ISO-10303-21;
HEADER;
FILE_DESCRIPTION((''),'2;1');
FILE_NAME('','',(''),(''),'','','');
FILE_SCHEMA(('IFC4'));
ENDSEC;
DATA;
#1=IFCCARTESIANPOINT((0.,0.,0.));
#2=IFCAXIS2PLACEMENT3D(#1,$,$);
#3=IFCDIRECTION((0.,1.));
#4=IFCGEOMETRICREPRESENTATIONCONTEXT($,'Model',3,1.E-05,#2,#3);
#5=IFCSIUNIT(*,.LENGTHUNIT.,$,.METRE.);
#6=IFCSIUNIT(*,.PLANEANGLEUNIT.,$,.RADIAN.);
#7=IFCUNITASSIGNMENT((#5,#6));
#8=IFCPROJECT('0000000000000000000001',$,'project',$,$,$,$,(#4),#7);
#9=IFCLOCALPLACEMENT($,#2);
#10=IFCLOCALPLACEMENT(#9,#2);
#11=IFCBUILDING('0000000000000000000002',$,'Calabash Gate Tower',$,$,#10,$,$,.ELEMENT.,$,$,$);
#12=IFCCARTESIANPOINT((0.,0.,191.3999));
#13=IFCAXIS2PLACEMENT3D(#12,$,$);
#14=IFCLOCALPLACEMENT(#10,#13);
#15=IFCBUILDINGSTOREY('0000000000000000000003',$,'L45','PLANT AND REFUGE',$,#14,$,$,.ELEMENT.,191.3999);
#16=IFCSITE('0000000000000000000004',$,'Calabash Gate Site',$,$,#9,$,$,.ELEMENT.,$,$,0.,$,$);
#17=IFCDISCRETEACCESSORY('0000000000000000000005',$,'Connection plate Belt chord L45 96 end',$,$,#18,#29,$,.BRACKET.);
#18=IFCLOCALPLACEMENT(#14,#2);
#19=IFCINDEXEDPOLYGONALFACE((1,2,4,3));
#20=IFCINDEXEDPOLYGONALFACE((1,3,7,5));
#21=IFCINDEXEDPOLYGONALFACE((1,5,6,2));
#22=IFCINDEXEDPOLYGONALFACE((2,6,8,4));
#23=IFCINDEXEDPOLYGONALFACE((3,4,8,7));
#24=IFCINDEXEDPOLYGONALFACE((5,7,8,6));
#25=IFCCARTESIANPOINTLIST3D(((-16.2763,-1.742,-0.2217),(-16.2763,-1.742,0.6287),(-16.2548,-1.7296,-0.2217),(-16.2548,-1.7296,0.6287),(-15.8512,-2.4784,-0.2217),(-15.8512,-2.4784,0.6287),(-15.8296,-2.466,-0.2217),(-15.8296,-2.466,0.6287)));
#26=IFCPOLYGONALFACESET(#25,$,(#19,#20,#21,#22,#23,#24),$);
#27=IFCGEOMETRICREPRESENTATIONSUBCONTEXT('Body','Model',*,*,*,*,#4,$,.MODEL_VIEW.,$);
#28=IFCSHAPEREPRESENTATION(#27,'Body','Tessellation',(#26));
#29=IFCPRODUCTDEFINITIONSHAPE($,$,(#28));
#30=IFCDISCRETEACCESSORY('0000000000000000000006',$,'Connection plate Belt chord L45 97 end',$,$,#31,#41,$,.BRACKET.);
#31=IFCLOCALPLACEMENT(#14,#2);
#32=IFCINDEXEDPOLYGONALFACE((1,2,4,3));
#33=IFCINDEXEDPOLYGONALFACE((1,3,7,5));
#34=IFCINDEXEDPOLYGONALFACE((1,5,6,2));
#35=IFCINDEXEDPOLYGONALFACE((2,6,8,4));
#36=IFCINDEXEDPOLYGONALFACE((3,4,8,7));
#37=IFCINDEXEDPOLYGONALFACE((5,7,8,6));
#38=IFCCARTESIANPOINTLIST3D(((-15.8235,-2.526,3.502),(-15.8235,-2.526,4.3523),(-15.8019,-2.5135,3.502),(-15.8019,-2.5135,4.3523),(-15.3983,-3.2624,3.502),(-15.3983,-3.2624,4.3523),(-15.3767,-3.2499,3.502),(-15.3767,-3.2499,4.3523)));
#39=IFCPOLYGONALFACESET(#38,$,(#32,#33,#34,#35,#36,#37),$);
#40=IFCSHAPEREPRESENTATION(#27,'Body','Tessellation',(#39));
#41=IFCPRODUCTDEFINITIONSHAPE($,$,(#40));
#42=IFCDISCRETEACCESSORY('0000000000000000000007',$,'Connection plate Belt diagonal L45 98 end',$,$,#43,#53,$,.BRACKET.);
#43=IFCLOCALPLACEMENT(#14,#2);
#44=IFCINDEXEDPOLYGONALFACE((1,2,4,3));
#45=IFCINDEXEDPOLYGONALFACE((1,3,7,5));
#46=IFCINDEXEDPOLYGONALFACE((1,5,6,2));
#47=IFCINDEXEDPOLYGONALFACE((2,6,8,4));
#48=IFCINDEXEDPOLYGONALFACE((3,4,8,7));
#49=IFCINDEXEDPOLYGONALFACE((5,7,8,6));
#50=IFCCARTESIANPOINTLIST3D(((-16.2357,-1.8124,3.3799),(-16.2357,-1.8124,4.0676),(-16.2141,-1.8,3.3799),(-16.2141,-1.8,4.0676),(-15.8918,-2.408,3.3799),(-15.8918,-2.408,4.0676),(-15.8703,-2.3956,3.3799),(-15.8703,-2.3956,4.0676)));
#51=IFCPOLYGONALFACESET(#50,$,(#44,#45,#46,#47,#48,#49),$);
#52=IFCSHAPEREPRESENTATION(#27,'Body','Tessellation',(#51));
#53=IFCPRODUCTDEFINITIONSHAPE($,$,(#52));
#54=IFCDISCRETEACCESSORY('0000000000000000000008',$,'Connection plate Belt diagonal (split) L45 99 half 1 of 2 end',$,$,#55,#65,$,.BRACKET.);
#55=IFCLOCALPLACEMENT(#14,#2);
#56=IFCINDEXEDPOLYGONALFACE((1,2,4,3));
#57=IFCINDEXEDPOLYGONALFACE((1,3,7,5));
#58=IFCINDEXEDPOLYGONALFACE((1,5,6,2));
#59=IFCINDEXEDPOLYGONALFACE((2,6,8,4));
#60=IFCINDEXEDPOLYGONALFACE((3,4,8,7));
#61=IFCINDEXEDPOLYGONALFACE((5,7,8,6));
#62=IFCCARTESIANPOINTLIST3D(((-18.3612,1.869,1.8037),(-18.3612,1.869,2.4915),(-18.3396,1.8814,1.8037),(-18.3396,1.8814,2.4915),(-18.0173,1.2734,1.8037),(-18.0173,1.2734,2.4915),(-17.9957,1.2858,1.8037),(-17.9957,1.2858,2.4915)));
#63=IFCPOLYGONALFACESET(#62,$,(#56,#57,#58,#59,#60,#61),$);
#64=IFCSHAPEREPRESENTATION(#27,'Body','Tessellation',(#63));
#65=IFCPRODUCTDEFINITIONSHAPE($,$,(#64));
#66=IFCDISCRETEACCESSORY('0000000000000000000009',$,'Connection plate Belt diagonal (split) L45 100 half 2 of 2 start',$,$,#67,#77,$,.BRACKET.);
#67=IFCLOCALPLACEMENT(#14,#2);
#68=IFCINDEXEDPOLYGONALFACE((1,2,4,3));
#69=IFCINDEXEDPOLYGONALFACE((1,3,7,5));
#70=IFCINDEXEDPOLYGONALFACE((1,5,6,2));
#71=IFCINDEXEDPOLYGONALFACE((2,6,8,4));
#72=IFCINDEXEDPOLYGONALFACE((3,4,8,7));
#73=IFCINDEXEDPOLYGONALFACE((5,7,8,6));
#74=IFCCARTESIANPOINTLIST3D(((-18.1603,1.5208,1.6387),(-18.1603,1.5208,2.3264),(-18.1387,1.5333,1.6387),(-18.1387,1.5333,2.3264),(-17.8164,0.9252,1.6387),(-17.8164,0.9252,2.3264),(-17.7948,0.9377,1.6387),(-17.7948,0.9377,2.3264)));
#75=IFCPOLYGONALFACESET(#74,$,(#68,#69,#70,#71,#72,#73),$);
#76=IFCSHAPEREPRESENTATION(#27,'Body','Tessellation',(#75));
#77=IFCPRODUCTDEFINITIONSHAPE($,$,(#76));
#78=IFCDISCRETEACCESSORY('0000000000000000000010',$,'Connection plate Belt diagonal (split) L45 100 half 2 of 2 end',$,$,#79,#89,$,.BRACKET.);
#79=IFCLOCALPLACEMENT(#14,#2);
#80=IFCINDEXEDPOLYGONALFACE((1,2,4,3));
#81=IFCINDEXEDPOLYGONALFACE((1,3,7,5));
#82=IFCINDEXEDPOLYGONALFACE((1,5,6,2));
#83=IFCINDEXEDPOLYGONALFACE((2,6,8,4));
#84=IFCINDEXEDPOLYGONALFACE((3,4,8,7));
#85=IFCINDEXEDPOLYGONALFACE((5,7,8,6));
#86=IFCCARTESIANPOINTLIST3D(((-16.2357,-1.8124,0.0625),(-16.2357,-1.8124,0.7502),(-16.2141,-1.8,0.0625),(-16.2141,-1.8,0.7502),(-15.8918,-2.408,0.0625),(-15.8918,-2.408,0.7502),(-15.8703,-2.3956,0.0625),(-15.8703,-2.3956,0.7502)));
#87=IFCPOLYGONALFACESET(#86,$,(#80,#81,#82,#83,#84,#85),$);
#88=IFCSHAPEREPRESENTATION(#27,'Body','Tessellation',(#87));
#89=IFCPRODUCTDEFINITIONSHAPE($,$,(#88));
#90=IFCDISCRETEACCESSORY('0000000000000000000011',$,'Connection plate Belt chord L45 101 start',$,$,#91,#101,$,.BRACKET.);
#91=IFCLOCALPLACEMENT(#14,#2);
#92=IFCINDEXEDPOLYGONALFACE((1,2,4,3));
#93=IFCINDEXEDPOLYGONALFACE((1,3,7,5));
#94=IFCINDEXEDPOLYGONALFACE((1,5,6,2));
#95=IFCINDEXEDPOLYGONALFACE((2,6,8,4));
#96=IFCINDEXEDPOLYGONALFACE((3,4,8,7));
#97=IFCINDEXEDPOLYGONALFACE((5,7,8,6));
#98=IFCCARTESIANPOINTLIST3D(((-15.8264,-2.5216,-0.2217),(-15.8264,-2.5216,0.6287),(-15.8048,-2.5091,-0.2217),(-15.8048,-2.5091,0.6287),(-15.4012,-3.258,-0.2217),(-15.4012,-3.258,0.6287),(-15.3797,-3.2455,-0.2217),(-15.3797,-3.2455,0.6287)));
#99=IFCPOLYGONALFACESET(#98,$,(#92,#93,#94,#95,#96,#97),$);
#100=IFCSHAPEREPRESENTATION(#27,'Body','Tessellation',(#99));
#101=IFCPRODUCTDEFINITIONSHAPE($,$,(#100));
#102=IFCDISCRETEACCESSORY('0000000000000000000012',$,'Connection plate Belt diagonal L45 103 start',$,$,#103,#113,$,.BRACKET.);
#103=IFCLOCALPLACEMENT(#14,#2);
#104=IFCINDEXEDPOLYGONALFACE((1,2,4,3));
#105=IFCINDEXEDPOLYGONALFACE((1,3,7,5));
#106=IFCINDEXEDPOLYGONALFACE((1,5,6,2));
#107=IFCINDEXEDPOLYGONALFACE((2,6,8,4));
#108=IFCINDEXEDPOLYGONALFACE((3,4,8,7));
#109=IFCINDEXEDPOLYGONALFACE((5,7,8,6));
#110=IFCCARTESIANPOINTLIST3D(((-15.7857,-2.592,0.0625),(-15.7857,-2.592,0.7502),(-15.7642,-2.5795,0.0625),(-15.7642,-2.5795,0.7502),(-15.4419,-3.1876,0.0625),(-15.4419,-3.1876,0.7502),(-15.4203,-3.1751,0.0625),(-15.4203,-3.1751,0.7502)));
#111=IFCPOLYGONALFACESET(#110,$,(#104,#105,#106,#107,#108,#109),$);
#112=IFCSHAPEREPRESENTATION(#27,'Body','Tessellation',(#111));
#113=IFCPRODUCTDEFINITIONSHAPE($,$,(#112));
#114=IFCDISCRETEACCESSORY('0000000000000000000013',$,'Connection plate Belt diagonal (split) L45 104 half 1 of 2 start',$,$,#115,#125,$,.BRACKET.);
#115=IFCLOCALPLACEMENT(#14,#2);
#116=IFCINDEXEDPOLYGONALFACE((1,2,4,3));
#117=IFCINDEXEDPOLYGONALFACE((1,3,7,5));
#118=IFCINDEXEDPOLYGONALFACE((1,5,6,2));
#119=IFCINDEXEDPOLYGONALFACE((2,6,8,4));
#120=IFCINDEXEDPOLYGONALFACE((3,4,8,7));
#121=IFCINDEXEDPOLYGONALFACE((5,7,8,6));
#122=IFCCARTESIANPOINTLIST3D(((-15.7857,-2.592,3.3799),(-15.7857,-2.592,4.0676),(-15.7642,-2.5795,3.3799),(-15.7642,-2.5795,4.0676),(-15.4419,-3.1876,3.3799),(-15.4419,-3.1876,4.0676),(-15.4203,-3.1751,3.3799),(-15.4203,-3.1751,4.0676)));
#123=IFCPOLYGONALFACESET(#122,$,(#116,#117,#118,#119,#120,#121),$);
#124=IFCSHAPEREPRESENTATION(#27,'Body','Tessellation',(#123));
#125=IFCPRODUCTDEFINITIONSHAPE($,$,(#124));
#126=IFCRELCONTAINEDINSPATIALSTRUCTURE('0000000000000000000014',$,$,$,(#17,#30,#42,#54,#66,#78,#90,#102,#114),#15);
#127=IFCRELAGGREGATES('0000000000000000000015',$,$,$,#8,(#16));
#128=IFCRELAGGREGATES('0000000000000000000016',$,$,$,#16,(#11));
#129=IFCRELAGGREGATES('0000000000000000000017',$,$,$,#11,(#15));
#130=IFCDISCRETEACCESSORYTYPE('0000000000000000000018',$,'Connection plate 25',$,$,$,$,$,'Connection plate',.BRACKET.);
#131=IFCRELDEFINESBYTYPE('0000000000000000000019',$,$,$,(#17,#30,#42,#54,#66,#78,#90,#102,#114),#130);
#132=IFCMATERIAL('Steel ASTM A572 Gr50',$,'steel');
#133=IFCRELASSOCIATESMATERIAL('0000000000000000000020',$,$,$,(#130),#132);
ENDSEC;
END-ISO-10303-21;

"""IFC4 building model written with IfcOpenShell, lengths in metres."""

from ifc_helpers import new_model, si_unit, direction, frame, origin, origin_2d, place, context, subcontext, project, spatial, rectangle, extrude, material, type_object, element, save


model = new_model("IFC4")

# Units and contexts
model_context = context("Model", 3, precision=1e-05, world=origin(), true_north=direction((0.0, 1.0)))
body_context = subcontext(model_context, "Body", "Model", "MODEL_VIEW")
ifc_project = project(units=[si_unit("LENGTHUNIT", "METRE"), si_unit("PLANEANGLEUNIT", "RADIAN")], contexts=[model_context])

# Site, building, storey
site_placement = place(None, origin())
site = spatial("IfcSite", under=ifc_project, at=site_placement, Name="Calabash Gate Site", CompositionType="ELEMENT", RefElevation=0.0)
building_placement = place(site_placement, origin())
building = spatial("IfcBuilding", under=site, at=building_placement, Name="Calabash Gate Tower", CompositionType="ELEMENT")
storey_placement = place(building_placement, frame((0.0, 0.0, 191.3999)))
storey = spatial("IfcBuildingStorey", under=building, at=storey_placement, Name="L45", Description="PLANT AND REFUGE", CompositionType="ELEMENT", Elevation=191.3999)

# Discrete accessories
ifc_material_1 = material(Name="Steel ASTM A572 Gr50", Category="steel")
discrete_accessory_type = type_object("IfcDiscreteAccessoryType", Name="Connection plate 25", ElementType="Connection plate", PredefinedType="BRACKET", material=ifc_material_1)
for number, where, z_axis, x_axis, name in (
    (1, (-16.053, -2.104, -0.2217), (0.0, 0.0, 1.0), (0.5, -0.866025, 0.0), "Connection plate Belt chord L45 96 end"),
    (2, (-15.6001, -2.8879, 3.502), (0.0, 0.0, 1.0), (0.500033, -0.866006, 0.0), "Connection plate Belt chord L45 97 end"),
):
    element("IfcDiscreteAccessory", number, at=place(storey_placement, frame(where, z_axis=z_axis, x_axis=x_axis)), inside=storey, type_object=discrete_accessory_type, Name=name, PredefinedType="BRACKET", context=body_context, shape_type="SweptSolid", body=[
        extrude(rectangle(XDim=0.8503, YDim=0.0249, at=origin_2d()), origin(), (0.0, 0.0, 1.0), 0.8503),
    ])
for number, where, z_axis, x_axis, name in (
    (3, (-16.053, -2.104, 3.3799), (0.0, 0.0, 1.0), (0.5, -0.866025, 0.0), "Connection plate Belt diagonal L45 98 end"),
    (4, (-18.1785, 1.5774, 1.8037), (0.0, 0.0, 1.0), (0.5, -0.866025, 0.0), "Connection plate Belt diagonal (split) L45 99 half 1 of 2 end"),
    (5, (-17.9775, 1.2292, 1.6387), (0.0, 0.0, 1.0), (0.5, -0.866025, 0.0), "Connection plate Belt diagonal (split) L45 100 half 2 of 2 start"),
    (6, (-16.053, -2.104, 0.0625), (0.0, 0.0, 1.0), (0.5, -0.866025, 0.0), "Connection plate Belt diagonal (split) L45 100 half 2 of 2 end"),
):
    element("IfcDiscreteAccessory", number, at=place(storey_placement, frame(where, z_axis=z_axis, x_axis=x_axis)), inside=storey, type_object=discrete_accessory_type, Name=name, PredefinedType="BRACKET", context=body_context, shape_type="SweptSolid", body=[
        extrude(rectangle(XDim=0.6877, YDim=0.0249, at=origin_2d()), origin(), (0.0, 0.0, 1.0), 0.6877),
    ])
discrete_accessory_placement = place(storey_placement, frame((-15.603, -2.8835, -0.2217), z_axis=(0.0, 0.0, 1.0), x_axis=(0.5, -0.866025, 0.0)))
element("IfcDiscreteAccessory", 7, at=discrete_accessory_placement, inside=storey, type_object=discrete_accessory_type, Name="Connection plate Belt chord L45 101 start", PredefinedType="BRACKET", context=body_context, shape_type="SweptSolid", body=[
    extrude(rectangle(XDim=0.8503, YDim=0.0249, at=origin_2d()), origin(), (0.0, 0.0, 1.0), 0.8503),
])
for number, where, z_axis, x_axis, name in (
    (8, (-15.603, -2.8835, 0.0625), (0.0, 0.0, 1.0), (0.5, -0.866025, 0.0), "Connection plate Belt diagonal L45 103 start"),
    (9, (-15.603, -2.8835, 3.3799), (0.0, 0.0, 1.0), (0.5, -0.866025, 0.0), "Connection plate Belt diagonal (split) L45 104 half 1 of 2 start"),
):
    element("IfcDiscreteAccessory", number, at=place(storey_placement, frame(where, z_axis=z_axis, x_axis=x_axis)), inside=storey, type_object=discrete_accessory_type, Name=name, PredefinedType="BRACKET", context=body_context, shape_type="SweptSolid", body=[
        extrude(rectangle(XDim=0.6877, YDim=0.0249, at=origin_2d()), origin(), (0.0, 0.0, 1.0), 0.6877),
    ])

save(model, "model.ifc")
